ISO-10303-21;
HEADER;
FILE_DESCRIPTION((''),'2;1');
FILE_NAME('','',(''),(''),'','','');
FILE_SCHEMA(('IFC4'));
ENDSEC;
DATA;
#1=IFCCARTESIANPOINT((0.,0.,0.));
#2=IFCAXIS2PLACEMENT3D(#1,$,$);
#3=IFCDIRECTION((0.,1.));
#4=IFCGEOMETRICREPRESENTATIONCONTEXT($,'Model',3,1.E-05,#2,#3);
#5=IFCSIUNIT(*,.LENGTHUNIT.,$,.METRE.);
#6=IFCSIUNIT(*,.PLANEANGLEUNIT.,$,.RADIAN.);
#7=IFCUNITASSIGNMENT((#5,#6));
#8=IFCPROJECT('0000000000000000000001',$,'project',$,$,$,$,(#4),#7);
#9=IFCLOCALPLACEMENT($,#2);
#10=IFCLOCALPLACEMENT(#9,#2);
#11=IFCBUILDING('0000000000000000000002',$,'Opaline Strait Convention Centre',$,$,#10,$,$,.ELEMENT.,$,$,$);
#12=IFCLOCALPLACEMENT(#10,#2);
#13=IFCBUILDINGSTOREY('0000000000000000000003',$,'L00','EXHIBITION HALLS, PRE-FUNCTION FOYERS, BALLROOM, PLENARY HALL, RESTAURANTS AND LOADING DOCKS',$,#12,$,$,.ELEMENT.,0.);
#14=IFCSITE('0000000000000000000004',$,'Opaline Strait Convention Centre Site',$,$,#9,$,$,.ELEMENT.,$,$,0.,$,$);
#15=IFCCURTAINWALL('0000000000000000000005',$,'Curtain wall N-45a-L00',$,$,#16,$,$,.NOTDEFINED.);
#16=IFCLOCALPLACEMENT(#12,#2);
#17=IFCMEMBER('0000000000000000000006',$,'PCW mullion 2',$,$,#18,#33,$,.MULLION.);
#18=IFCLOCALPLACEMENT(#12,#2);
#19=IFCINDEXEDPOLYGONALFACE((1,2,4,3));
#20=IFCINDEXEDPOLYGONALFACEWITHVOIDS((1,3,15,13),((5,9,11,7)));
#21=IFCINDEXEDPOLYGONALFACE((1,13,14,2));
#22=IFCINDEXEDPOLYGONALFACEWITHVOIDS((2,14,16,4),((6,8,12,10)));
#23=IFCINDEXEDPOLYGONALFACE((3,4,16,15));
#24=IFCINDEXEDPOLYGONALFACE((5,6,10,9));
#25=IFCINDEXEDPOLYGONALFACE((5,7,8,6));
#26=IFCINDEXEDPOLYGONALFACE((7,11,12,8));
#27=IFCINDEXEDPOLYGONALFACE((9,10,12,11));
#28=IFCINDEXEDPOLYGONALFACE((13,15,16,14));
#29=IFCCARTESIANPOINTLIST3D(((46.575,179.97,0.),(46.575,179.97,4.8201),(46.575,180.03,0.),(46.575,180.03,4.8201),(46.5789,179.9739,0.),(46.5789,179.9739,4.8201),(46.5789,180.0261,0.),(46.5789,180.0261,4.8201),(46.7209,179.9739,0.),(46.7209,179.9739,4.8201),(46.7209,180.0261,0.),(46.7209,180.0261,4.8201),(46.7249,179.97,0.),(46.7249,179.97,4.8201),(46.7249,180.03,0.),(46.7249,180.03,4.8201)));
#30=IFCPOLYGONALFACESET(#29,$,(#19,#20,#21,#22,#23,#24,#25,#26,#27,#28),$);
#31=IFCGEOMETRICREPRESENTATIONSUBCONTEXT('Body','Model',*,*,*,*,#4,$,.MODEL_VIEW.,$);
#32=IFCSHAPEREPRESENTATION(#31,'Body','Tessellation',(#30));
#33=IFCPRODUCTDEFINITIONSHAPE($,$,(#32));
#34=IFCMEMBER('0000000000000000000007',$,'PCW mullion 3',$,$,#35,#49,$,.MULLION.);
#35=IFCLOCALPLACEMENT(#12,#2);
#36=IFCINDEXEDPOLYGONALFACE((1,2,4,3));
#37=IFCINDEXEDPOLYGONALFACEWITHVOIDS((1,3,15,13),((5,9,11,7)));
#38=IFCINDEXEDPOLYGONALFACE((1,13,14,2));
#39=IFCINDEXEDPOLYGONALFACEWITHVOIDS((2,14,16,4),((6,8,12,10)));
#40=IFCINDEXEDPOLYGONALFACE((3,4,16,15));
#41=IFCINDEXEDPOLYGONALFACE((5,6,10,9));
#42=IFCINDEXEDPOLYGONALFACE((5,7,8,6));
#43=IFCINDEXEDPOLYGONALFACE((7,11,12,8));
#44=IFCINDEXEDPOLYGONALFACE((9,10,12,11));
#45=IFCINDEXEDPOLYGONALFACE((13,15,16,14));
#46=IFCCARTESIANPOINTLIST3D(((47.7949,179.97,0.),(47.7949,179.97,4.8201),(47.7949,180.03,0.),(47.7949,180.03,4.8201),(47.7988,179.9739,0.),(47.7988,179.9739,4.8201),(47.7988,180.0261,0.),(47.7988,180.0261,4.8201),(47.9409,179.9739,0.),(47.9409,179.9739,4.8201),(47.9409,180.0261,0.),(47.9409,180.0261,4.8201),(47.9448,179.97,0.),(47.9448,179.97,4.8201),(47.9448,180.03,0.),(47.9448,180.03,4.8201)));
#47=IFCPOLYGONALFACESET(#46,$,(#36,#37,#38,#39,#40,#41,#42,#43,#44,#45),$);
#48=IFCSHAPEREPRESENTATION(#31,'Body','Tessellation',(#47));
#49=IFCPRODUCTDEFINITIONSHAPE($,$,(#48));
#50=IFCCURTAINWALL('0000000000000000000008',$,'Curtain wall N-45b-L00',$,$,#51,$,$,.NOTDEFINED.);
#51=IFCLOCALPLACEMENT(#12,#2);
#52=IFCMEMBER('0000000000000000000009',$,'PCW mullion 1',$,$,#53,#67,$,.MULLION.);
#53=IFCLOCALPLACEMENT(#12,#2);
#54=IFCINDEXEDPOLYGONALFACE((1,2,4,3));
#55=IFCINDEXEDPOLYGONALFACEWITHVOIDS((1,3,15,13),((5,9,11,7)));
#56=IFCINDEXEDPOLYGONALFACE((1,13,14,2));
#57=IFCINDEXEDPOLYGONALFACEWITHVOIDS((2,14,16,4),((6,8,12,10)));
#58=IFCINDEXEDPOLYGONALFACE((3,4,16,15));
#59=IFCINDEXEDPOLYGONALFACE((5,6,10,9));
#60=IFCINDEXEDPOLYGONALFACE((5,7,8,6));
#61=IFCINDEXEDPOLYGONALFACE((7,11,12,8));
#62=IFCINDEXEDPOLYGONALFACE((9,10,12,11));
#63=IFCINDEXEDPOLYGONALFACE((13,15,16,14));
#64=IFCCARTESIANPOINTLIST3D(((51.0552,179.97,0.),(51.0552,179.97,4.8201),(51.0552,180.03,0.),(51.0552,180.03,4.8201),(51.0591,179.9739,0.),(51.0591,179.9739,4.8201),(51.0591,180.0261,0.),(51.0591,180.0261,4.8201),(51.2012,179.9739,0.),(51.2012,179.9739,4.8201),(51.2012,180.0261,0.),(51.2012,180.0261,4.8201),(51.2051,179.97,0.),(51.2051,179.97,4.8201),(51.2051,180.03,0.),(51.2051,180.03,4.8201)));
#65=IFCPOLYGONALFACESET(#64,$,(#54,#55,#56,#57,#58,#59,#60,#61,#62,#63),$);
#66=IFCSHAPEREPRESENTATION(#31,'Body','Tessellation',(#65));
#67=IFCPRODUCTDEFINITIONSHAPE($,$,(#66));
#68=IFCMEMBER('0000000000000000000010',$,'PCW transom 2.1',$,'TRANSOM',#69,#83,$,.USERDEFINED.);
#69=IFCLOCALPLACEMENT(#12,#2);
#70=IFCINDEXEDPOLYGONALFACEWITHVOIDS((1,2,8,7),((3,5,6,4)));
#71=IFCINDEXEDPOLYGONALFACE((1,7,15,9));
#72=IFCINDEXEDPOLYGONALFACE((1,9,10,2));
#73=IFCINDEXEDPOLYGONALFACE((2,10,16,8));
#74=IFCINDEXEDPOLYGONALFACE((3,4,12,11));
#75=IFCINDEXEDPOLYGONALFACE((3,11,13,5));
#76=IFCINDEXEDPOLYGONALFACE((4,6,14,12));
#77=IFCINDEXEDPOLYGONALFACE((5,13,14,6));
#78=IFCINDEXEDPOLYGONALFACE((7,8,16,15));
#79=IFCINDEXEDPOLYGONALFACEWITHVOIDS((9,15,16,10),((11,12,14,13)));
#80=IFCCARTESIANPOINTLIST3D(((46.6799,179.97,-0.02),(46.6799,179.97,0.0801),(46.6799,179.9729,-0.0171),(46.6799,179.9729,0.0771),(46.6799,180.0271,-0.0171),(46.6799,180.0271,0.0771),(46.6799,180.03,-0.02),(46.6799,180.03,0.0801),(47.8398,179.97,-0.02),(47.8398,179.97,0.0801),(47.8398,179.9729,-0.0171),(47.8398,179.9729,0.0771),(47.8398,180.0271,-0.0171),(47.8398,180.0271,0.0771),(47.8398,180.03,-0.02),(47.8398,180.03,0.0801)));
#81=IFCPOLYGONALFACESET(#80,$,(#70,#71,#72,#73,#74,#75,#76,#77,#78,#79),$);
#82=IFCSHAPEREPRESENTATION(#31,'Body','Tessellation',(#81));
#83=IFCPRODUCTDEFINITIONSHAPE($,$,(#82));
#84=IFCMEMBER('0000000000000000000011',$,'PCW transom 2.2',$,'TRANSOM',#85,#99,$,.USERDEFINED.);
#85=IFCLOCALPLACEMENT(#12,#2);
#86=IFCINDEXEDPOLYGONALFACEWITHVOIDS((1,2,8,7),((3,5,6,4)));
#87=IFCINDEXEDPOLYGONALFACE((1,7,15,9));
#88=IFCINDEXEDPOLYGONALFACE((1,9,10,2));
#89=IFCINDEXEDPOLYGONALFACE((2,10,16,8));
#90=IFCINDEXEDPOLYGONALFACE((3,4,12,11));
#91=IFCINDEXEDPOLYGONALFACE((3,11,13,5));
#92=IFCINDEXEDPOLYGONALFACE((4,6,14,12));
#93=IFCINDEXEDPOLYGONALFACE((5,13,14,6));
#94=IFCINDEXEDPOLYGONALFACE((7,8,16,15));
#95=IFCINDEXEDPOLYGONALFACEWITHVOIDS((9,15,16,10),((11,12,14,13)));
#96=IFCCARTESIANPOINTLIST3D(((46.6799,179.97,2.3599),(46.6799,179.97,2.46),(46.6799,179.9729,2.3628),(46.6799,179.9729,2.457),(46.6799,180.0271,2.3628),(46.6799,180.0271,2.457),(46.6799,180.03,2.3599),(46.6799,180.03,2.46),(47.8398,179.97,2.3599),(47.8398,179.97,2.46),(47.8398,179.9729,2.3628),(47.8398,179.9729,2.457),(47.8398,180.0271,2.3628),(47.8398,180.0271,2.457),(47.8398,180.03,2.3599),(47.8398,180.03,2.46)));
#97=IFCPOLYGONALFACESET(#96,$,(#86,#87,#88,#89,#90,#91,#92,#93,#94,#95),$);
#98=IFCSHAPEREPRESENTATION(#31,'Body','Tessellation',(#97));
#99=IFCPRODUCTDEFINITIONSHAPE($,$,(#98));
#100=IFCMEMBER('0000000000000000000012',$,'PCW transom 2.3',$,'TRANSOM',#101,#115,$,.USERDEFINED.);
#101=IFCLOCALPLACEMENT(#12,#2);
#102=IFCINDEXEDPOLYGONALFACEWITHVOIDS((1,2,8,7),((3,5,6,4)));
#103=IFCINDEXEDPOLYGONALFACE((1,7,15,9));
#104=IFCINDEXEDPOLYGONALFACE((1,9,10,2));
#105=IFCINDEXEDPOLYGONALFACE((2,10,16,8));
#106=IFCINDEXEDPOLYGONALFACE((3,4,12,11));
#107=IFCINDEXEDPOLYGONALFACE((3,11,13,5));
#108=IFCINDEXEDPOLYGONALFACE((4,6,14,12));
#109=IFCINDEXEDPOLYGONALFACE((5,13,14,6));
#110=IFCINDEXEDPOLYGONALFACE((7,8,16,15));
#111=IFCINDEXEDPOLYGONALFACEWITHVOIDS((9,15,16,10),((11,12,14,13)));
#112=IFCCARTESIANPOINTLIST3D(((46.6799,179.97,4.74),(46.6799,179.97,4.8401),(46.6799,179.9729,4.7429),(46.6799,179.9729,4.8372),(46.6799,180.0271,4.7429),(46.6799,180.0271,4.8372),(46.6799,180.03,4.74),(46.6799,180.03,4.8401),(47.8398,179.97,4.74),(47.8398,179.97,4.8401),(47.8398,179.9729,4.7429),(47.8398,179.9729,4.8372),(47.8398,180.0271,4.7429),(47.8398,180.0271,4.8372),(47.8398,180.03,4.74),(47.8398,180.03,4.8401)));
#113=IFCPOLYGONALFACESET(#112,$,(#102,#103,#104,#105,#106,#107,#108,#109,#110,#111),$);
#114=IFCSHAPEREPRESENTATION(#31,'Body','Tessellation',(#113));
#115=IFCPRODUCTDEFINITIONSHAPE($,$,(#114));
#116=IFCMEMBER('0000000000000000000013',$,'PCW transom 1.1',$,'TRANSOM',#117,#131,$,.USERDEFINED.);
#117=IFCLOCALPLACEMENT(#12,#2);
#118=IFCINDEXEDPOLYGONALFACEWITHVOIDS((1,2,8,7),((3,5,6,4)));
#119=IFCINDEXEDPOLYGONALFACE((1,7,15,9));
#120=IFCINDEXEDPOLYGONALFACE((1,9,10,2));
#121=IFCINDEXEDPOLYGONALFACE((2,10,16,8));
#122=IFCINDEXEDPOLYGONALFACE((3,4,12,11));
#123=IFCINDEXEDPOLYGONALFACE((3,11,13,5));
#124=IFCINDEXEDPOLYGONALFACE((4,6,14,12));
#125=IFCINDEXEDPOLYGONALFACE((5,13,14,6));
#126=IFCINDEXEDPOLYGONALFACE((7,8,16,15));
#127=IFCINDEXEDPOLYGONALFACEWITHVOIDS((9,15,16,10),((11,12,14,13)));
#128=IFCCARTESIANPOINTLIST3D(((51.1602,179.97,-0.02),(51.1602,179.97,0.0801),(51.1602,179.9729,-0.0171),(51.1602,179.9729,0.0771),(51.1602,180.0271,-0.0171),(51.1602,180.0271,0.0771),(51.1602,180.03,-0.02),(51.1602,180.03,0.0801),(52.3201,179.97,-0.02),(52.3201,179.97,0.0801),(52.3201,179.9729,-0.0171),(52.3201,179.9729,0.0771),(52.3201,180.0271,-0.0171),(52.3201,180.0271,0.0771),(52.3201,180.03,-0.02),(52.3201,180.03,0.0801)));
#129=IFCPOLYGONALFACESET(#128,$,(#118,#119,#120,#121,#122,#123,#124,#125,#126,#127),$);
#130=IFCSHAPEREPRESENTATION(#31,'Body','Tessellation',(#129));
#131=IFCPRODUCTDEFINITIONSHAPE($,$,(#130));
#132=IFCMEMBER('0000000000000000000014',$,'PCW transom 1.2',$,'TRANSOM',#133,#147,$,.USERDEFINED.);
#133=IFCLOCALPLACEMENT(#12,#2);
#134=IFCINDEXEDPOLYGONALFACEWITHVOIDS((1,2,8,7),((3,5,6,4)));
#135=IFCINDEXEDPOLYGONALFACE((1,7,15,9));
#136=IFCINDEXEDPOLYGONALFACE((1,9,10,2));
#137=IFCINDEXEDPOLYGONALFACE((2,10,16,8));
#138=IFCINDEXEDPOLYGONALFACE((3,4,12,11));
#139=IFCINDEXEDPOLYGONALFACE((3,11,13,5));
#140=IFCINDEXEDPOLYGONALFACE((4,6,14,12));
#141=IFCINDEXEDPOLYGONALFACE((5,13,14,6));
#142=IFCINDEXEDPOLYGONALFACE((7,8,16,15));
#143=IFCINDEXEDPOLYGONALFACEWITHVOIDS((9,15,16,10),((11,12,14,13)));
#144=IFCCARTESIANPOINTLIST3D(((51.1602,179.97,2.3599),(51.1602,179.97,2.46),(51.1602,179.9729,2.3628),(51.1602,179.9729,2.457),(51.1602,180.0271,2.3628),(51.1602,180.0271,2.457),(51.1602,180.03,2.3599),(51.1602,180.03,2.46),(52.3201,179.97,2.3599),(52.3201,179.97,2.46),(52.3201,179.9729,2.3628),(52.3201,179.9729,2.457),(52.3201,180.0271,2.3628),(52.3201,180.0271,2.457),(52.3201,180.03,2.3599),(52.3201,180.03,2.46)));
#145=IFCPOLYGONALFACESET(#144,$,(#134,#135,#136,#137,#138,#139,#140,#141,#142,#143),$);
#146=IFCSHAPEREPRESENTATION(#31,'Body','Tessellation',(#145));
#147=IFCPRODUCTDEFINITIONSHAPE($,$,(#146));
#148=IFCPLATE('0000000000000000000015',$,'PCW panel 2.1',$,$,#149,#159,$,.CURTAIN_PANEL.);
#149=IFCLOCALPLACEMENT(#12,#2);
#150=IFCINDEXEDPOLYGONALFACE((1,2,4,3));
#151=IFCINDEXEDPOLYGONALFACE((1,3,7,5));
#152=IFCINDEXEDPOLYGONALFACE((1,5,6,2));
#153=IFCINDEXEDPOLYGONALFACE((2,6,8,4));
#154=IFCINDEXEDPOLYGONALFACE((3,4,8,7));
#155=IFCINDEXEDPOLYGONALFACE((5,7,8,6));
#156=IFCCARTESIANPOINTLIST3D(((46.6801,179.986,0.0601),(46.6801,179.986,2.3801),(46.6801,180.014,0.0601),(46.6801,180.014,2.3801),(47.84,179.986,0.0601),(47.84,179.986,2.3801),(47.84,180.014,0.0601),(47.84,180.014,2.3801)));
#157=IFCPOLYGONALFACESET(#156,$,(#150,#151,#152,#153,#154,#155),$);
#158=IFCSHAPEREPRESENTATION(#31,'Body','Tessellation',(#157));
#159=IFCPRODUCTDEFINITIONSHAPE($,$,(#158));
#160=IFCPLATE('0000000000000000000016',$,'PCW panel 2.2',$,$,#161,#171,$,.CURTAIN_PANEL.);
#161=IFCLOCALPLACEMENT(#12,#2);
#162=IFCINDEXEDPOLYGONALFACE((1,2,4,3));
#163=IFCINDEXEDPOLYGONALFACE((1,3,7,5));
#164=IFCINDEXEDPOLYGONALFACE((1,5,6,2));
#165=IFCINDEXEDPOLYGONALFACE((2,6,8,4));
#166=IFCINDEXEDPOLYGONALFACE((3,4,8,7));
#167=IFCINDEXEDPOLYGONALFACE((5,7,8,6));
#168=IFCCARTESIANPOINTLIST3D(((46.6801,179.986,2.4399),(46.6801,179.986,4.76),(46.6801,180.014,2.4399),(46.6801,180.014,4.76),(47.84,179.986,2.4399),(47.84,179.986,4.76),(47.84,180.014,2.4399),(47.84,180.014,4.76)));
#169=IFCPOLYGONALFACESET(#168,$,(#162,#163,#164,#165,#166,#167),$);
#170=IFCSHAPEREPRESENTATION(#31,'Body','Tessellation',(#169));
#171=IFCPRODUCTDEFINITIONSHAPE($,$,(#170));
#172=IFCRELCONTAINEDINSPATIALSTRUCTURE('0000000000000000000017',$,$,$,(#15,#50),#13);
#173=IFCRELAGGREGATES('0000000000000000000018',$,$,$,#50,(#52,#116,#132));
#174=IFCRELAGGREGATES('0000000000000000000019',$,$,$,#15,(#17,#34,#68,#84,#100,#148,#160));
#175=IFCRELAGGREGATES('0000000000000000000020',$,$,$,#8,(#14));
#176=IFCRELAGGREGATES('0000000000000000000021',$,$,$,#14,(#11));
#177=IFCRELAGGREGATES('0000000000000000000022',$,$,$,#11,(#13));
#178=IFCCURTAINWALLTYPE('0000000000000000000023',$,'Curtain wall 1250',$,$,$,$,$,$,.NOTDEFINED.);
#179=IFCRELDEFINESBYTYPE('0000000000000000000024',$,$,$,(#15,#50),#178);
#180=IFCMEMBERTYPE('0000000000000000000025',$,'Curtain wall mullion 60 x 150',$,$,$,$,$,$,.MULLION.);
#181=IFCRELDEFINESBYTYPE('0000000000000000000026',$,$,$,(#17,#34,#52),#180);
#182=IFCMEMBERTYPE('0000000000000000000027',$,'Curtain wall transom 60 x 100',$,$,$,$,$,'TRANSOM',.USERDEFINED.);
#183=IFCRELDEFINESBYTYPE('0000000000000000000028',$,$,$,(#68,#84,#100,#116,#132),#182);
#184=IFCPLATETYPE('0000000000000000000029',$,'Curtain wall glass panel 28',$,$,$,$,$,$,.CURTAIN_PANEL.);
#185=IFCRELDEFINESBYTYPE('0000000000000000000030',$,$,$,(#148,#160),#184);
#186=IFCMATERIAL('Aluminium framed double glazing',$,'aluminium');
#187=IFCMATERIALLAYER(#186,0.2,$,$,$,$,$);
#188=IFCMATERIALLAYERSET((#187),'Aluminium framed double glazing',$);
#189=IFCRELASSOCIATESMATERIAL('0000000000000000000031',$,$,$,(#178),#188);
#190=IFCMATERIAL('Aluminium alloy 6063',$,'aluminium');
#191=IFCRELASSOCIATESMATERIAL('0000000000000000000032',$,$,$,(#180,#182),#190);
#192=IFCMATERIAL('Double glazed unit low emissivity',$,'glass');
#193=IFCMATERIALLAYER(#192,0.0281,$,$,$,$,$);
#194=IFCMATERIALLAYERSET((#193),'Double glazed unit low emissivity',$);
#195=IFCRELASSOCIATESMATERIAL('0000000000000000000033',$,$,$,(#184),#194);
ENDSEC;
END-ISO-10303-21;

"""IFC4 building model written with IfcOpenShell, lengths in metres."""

from ifc_helpers import new_model, si_unit, direction, frame, origin, origin_2d, place, context, subcontext, project, spatial, rectangle, hollow_rectangle, extrude, material, layer, layer_set, material_profile, profile_set, type_object, element, aggregate, save


model = new_model("IFC4")

# Units and contexts
model_context = context("Model", 3, precision=1e-05, world=origin(), true_north=direction((0.0, 1.0)))
body_context = subcontext(model_context, "Body", "Model", "MODEL_VIEW")
ifc_project = project(units=[si_unit("LENGTHUNIT", "METRE"), si_unit("PLANEANGLEUNIT", "RADIAN")], contexts=[model_context])

# Site, building, storey
site_placement = place(None, origin())
site = spatial("IfcSite", under=ifc_project, at=site_placement, Name="Opaline Strait Convention Centre Site", CompositionType="ELEMENT", RefElevation=0.0)
building_placement = place(site_placement, origin())
building = spatial("IfcBuilding", under=site, at=building_placement, Name="Opaline Strait Convention Centre", CompositionType="ELEMENT")
storey_placement = place(building_placement, origin())
storey = spatial("IfcBuildingStorey", under=building, at=storey_placement, Name="L00", Description="EXHIBITION HALLS, PRE-FUNCTION FOYERS, BALLROOM, PLENARY HALL, RESTAURANTS AND LOADING DOCKS", CompositionType="ELEMENT", Elevation=0.0)

# Curtain wall, members
ifc_material_1 = material(Name="Aluminium framed double glazing", Category="aluminium")
ifc_layer_1 = layer(ifc_material_1, 0.2)
ifc_layer_set_1 = layer_set([ifc_layer_1], Name="Aluminium framed double glazing")
curtain_wall_type = type_object("IfcCurtainWallType", Name="Curtain wall 1250", PredefinedType="NOTDEFINED", material=ifc_layer_set_1)
curtain_wall_1_placement = place(storey_placement, origin())
curtain_wall_1 = element("IfcCurtainWall", 1, at=curtain_wall_1_placement, inside=storey, type_object=curtain_wall_type, Name="Curtain wall N-45a-L00", PredefinedType="NOTDEFINED")
ifc_material_2 = material(Name="Aluminium alloy 6063", Category="aluminium")
ifc_material_profile_1 = material_profile(ifc_material_2, hollow_rectangle(XDim=0.0601, YDim=0.1499, WallThickness=0.0039, at=origin_2d()), Name="MULLION 60x150x4")
ifc_profile_set_1 = profile_set([ifc_material_profile_1], Name="Aluminium alloy 6063")
member_type_1 = type_object("IfcMemberType", Name="Curtain wall mullion 60 x 150", PredefinedType="MULLION", material=ifc_profile_set_1)
member_1_placement = place(storey_placement, frame((46.6499, 180.0, 0.0), z_axis=(0.0, 0.0, 1.0), x_axis=(0.0, 1.0, 0.0)))
member_1 = element("IfcMember", 2, at=member_1_placement, type_object=member_type_1, Name="PCW mullion 2", PredefinedType="MULLION", context=body_context, shape_type="SweptSolid", body=[
    extrude(hollow_rectangle(XDim=0.0601, YDim=0.1499, WallThickness=0.0039, at=origin_2d()), origin(), (0.0, 0.0, 1.0), 4.8201),
])
member_2_placement = place(storey_placement, frame((47.8699, 180.0, 0.0), z_axis=(0.0, 0.0, 1.0), x_axis=(0.0, 1.0, 0.0)))
member_2 = element("IfcMember", 3, at=member_2_placement, type_object=member_type_1, Name="PCW mullion 3", PredefinedType="MULLION", context=body_context, shape_type="SweptSolid", body=[
    extrude(hollow_rectangle(XDim=0.0601, YDim=0.1499, WallThickness=0.0039, at=origin_2d()), origin(), (0.0, 0.0, 1.0), 4.8201),
])

# Curtain wall, member
curtain_wall_2_placement = place(storey_placement, origin())
curtain_wall_2 = element("IfcCurtainWall", 4, at=curtain_wall_2_placement, inside=storey, type_object=curtain_wall_type, Name="Curtain wall N-45b-L00", PredefinedType="NOTDEFINED")
member_3_placement = place(storey_placement, frame((51.1301, 180.0, 0.0), z_axis=(0.0, 0.0, 1.0), x_axis=(0.0, 1.0, 0.0)))
member_3 = element("IfcMember", 5, at=member_3_placement, type_object=member_type_1, Name="PCW mullion 1", PredefinedType="MULLION", context=body_context, shape_type="SweptSolid", body=[
    extrude(hollow_rectangle(XDim=0.0601, YDim=0.1499, WallThickness=0.0039, at=origin_2d()), origin(), (0.0, 0.0, 1.0), 4.8201),
])

# Members
ifc_material_profile_2 = material_profile(ifc_material_2, hollow_rectangle(XDim=0.0601, YDim=0.1001, WallThickness=0.0029, at=origin_2d()), Name="TRANSOM 60x100x3")
ifc_profile_set_2 = profile_set([ifc_material_profile_2], Name="Aluminium alloy 6063")
member_type_2 = type_object("IfcMemberType", Name="Curtain wall transom 60 x 100", ElementType="TRANSOM", PredefinedType="USERDEFINED", material=ifc_profile_set_2)
member_4_placement = place(storey_placement, frame((46.6799, 180.0, 0.03), z_axis=(1.0, 0.0, 0.0), x_axis=(0.0, 1.0, 0.0)))
member_4 = element("IfcMember", 6, at=member_4_placement, type_object=member_type_2, Name="PCW transom 2.1", ObjectType="TRANSOM", PredefinedType="USERDEFINED", context=body_context, shape_type="SweptSolid", body=[
    extrude(hollow_rectangle(XDim=0.0601, YDim=0.1001, WallThickness=0.0029, at=origin_2d()), origin(), (0.0, 0.0, 1.0), 1.1599),
])
member_5_placement = place(storey_placement, frame((46.6799, 180.0, 2.4099), z_axis=(1.0, 0.0, 0.0), x_axis=(0.0, 1.0, 0.0)))
member_5 = element("IfcMember", 7, at=member_5_placement, type_object=member_type_2, Name="PCW transom 2.2", ObjectType="TRANSOM", PredefinedType="USERDEFINED", context=body_context, shape_type="SweptSolid", body=[
    extrude(hollow_rectangle(XDim=0.0601, YDim=0.1001, WallThickness=0.0029, at=origin_2d()), origin(), (0.0, 0.0, 1.0), 1.1599),
])
member_6_placement = place(storey_placement, frame((46.6799, 180.0, 4.79), z_axis=(1.0, 0.0, 0.0), x_axis=(0.0, 1.0, 0.0)))
member_6 = element("IfcMember", 8, at=member_6_placement, type_object=member_type_2, Name="PCW transom 2.3", ObjectType="TRANSOM", PredefinedType="USERDEFINED", context=body_context, shape_type="SweptSolid", body=[
    extrude(hollow_rectangle(XDim=0.0601, YDim=0.1001, WallThickness=0.0029, at=origin_2d()), origin(), (0.0, 0.0, 1.0), 1.1599),
])
member_7_placement = place(storey_placement, frame((51.1602, 180.0, 0.03), z_axis=(1.0, 0.0, 0.0), x_axis=(0.0, 1.0, 0.0)))
member_7 = element("IfcMember", 9, at=member_7_placement, type_object=member_type_2, Name="PCW transom 1.1", ObjectType="TRANSOM", PredefinedType="USERDEFINED", context=body_context, shape_type="SweptSolid", body=[
    extrude(hollow_rectangle(XDim=0.0601, YDim=0.1001, WallThickness=0.0029, at=origin_2d()), origin(), (0.0, 0.0, 1.0), 1.1599),
])
member_8_placement = place(storey_placement, frame((51.1602, 180.0, 2.4099), z_axis=(1.0, 0.0, 0.0), x_axis=(0.0, 1.0, 0.0)))
member_8 = element("IfcMember", 10, at=member_8_placement, type_object=member_type_2, Name="PCW transom 1.2", ObjectType="TRANSOM", PredefinedType="USERDEFINED", context=body_context, shape_type="SweptSolid", body=[
    extrude(hollow_rectangle(XDim=0.0601, YDim=0.1001, WallThickness=0.0029, at=origin_2d()), origin(), (0.0, 0.0, 1.0), 1.1599),
])
aggregate(curtain_wall_2, [member_3, member_7, member_8])

# Plates
ifc_material_3 = material(Name="Double glazed unit low emissivity", Category="glass")
ifc_layer_2 = layer(ifc_material_3, 0.0281)
ifc_layer_set_2 = layer_set([ifc_layer_2], Name="Double glazed unit low emissivity")
plate_type = type_object("IfcPlateType", Name="Curtain wall glass panel 28", PredefinedType="CURTAIN_PANEL", material=ifc_layer_set_2)
plate_1_placement = place(storey_placement, frame((47.26, 180.0, 0.0601), z_axis=(0.0, 0.0, 1.0), x_axis=(1.0, 0.0, 0.0)))
plate_1 = element("IfcPlate", 11, at=plate_1_placement, type_object=plate_type, Name="PCW panel 2.1", PredefinedType="CURTAIN_PANEL", context=body_context, shape_type="SweptSolid", body=[
    extrude(rectangle(XDim=1.1599, YDim=0.0281, at=origin_2d()), origin(), (0.0, 0.0, 1.0), 2.3201),
])
plate_2_placement = place(storey_placement, frame((47.26, 180.0, 2.4399), z_axis=(0.0, 0.0, 1.0), x_axis=(1.0, 0.0, 0.0)))
plate_2 = element("IfcPlate", 12, at=plate_2_placement, type_object=plate_type, Name="PCW panel 2.2", PredefinedType="CURTAIN_PANEL", context=body_context, shape_type="SweptSolid", body=[
    extrude(rectangle(XDim=1.1599, YDim=0.0281, at=origin_2d()), origin(), (0.0, 0.0, 1.0), 2.3201),
])
aggregate(curtain_wall_1, [member_1, member_2, member_4, member_5, member_6, plate_1, plate_2])

save(model, "model.ifc")
